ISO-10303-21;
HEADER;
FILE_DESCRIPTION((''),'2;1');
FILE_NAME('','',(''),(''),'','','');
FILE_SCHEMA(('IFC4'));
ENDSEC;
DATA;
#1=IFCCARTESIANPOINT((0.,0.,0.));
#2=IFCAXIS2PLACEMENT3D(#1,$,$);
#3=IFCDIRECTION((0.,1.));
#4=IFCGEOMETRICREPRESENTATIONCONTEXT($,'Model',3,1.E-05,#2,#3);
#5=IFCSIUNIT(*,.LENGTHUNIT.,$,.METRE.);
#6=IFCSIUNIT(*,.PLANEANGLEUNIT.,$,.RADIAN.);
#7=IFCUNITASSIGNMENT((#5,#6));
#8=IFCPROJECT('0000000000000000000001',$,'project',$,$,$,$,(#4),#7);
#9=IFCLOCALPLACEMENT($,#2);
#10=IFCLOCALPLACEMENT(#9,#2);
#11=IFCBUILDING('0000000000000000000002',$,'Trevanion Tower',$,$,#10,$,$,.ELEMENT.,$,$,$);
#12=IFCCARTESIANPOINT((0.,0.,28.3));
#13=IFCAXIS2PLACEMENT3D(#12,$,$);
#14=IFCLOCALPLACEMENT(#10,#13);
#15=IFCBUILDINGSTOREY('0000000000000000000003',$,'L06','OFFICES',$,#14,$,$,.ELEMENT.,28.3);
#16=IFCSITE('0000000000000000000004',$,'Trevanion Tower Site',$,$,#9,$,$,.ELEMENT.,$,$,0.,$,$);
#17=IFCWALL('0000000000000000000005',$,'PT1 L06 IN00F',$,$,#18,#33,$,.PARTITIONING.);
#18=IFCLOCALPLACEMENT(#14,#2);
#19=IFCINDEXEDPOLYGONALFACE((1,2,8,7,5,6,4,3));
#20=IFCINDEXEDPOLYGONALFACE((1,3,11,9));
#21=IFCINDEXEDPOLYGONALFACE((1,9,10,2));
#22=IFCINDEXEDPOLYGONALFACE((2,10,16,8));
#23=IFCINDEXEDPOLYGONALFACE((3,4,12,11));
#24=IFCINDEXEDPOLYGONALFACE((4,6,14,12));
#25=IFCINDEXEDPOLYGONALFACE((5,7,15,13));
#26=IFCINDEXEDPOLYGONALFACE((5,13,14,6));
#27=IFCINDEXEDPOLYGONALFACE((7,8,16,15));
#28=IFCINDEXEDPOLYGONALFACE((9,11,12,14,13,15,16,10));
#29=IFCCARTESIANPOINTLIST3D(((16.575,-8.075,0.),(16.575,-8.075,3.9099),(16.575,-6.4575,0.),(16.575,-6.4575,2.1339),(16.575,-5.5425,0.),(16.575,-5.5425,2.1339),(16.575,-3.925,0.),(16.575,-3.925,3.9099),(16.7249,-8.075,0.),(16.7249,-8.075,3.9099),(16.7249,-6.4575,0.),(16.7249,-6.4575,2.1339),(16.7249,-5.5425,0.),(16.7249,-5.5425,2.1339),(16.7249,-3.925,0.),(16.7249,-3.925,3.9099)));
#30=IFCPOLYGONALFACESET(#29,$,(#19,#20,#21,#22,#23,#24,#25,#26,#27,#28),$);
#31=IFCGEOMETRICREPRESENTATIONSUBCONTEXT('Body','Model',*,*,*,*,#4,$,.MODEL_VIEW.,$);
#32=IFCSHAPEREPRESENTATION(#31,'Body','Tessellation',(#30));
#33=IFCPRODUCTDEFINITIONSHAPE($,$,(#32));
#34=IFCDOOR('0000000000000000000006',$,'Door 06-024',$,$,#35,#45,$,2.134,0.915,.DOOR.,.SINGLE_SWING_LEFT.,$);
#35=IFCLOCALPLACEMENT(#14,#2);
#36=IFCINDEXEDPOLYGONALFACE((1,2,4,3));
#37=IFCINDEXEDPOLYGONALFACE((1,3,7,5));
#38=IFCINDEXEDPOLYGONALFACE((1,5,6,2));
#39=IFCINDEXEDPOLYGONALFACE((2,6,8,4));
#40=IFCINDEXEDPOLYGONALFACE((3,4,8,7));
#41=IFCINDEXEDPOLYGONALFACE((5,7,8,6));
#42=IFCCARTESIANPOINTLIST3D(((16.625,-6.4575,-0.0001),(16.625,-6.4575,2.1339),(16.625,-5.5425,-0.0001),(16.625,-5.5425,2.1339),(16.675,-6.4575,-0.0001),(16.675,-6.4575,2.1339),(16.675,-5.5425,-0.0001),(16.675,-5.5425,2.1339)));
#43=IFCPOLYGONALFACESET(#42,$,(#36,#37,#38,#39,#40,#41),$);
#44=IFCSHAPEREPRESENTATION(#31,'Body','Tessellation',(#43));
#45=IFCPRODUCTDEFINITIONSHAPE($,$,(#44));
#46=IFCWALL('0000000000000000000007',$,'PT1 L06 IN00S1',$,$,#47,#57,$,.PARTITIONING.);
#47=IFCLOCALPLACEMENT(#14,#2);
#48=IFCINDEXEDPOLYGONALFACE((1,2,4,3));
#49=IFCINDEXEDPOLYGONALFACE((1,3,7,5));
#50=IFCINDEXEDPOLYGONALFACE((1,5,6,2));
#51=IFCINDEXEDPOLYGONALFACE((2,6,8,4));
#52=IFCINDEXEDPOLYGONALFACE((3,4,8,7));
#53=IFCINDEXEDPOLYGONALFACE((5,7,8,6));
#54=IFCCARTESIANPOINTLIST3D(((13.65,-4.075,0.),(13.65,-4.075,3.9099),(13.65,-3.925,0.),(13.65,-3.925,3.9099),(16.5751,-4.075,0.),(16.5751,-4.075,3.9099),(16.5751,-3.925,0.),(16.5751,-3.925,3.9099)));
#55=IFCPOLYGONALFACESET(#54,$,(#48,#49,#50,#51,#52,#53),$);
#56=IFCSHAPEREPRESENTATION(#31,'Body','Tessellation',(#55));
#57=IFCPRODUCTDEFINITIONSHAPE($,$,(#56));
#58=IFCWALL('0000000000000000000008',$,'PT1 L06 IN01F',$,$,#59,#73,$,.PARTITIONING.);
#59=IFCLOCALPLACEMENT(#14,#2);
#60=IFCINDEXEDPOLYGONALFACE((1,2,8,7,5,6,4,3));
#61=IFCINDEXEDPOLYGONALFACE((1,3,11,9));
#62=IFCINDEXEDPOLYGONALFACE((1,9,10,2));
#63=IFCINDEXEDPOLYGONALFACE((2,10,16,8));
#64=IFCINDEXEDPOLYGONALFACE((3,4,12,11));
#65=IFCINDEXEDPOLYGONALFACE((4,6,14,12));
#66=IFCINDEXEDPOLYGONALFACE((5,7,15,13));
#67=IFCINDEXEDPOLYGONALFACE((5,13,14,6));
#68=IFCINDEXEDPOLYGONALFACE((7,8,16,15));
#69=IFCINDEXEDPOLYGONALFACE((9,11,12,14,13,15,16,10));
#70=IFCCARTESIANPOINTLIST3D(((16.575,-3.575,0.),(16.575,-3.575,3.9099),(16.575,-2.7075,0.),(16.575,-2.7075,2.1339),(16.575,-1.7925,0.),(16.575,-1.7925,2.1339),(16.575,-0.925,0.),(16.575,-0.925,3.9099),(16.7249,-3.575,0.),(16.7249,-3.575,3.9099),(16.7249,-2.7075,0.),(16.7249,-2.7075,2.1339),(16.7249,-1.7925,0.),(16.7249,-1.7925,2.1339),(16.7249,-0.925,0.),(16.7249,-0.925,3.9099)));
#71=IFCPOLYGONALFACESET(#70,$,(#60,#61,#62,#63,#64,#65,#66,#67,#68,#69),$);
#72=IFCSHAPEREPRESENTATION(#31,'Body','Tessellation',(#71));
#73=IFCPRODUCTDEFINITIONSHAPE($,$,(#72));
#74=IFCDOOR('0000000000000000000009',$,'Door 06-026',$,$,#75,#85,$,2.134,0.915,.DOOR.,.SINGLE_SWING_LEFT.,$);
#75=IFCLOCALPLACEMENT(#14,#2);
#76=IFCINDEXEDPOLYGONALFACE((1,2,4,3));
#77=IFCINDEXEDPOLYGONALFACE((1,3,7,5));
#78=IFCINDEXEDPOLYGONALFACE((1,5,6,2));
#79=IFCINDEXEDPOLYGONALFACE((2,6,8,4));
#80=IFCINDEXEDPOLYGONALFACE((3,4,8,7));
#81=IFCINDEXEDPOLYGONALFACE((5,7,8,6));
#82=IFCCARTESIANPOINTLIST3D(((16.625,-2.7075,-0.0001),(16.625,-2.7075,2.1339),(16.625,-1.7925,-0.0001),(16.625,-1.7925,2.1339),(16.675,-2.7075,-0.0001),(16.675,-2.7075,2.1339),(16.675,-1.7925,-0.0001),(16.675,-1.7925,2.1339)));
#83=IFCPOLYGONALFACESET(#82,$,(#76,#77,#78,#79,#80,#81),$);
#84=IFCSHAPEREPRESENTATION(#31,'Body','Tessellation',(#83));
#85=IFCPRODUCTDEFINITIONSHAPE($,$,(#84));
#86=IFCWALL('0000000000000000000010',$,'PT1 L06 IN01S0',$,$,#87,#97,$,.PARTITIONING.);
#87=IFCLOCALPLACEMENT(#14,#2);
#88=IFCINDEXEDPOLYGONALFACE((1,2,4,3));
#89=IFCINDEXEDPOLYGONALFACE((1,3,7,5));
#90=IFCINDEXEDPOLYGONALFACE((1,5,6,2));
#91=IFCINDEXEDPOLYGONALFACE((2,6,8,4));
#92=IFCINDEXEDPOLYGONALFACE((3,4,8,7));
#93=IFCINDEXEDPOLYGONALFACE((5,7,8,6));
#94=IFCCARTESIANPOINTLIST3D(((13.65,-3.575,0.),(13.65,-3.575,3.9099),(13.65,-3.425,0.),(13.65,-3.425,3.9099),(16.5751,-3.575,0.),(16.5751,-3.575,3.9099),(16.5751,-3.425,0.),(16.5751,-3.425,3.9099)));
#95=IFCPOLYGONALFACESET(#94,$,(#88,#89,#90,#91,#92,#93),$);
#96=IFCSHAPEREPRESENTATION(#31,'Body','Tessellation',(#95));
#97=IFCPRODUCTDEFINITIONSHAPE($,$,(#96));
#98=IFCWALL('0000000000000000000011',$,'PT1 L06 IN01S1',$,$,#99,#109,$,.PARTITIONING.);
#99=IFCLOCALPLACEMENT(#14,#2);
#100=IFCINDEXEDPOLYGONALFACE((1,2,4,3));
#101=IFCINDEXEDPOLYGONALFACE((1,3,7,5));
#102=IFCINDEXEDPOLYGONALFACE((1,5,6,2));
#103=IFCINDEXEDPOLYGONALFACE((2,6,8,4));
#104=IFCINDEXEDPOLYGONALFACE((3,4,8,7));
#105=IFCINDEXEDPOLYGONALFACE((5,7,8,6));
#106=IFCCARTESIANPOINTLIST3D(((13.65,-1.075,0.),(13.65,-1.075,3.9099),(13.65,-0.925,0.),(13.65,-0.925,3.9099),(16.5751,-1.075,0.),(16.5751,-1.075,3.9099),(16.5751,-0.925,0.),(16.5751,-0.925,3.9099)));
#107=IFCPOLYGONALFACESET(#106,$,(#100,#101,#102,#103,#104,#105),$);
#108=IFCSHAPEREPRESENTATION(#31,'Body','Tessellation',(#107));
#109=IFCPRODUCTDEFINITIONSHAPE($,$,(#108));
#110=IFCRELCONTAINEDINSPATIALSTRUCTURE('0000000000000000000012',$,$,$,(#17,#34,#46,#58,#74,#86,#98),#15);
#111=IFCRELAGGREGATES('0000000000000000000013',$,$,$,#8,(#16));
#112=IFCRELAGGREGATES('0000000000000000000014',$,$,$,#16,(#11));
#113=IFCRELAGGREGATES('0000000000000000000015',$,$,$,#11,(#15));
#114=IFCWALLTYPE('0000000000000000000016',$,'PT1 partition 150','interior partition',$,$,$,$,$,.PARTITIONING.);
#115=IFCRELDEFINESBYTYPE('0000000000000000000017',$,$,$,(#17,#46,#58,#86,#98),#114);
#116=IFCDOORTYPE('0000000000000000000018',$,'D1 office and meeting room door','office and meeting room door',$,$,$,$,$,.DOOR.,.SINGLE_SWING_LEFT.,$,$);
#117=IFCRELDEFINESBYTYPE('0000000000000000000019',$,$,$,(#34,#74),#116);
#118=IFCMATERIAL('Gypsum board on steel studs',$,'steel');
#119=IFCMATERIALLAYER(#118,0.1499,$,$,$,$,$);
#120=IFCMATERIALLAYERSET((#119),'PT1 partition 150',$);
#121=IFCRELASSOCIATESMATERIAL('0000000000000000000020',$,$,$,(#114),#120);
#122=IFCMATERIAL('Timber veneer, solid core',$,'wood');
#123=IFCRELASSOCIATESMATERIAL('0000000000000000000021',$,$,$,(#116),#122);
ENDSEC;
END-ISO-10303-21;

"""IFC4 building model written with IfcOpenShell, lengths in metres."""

from ifc_helpers import new_model, si_unit, direction, frame, frame_2d, origin, place, context, subcontext, project, spatial, rectangle, extrude, material, layer, layer_set, type_object, element, fill, save


model = new_model("IFC4")

# Units and contexts
model_context = context("Model", 3, precision=1e-05, world=origin(), true_north=direction((0.0, 1.0)))
body_context = subcontext(model_context, "Body", "Model", "MODEL_VIEW")
ifc_project = project(units=[si_unit("LENGTHUNIT", "METRE"), si_unit("PLANEANGLEUNIT", "RADIAN")], contexts=[model_context])

# Site, building, storey
site_placement = place(None, origin())
site = spatial("IfcSite", under=ifc_project, at=site_placement, Name="Trevanion Tower Site", CompositionType="ELEMENT", RefElevation=0.0)
building_placement = place(site_placement, origin())
building = spatial("IfcBuilding", under=site, at=building_placement, Name="Trevanion Tower", CompositionType="ELEMENT")
storey_placement = place(building_placement, frame((0.0, 0.0, 28.3)))
storey = spatial("IfcBuildingStorey", under=building, at=storey_placement, Name="L06", Description="OFFICES", CompositionType="ELEMENT", Elevation=28.3)

# Shared definitions
ifc_material_1 = material(Name="Gypsum board on steel studs", Category="steel")
ifc_layer_1 = layer(ifc_material_1, 0.1499)
ifc_layer_set_1 = layer_set([ifc_layer_1], Name="PT1 partition 150")
wall_type = type_object("IfcWallType", Name="PT1 partition 150", Description="interior partition", PredefinedType="PARTITIONING", material=ifc_layer_set_1)

# Wall, opening, door
wall_1_placement = place(storey_placement, frame((16.6499, -8.075, 0.0), z_axis=(0.0, 0.0, 1.0), x_axis=(0.0, 1.0, 0.0)))
wall_1 = element("IfcWall", 1, at=wall_1_placement, inside=storey, type_object=wall_type, Name="PT1 L06 IN00F", PredefinedType="PARTITIONING", context=body_context, shape_type="SweptSolid", body=[
    extrude(rectangle(XDim=4.1499, YDim=0.1499, at=frame_2d((2.075, 0.0))), origin(), (0.0, 0.0, 1.0), 3.9099),
])
opening_1_placement = place(wall_1_placement, frame((1.6174, 0.0, 0.0)))
opening_1 = element("IfcOpeningElement", 2, at=opening_1_placement, cuts=wall_1, PredefinedType="OPENING", context=body_context, shape_type="SweptSolid", body=[
    extrude(rectangle(XDim=0.915, YDim=2.134, at=frame_2d((0.4575, 1.0669))), frame((0.0, 0.085, 0.0), z_axis=(0.0, -1.0, 0.0), x_axis=(1.0, 0.0, 0.0)), (0.0, 0.0, 1.0), 0.1699),
])
ifc_material_2 = material(Name="Timber veneer, solid core", Category="wood")
door_type = type_object("IfcDoorType", Name="D1 office and meeting room door", Description="office and meeting room door", OperationType="SINGLE_SWING_LEFT", PredefinedType="DOOR", material=ifc_material_2)
door_1_placement = place(opening_1_placement, origin())
door_1 = element("IfcDoor", 3, at=door_1_placement, inside=storey, type_object=door_type, Name="Door 06-024", OperationType="SINGLE_SWING_LEFT", OverallHeight=2.134, OverallWidth=0.915, PredefinedType="DOOR", context=body_context, shape_type="SweptSolid", body=[
    extrude(rectangle(XDim=0.915, YDim=2.134, at=frame_2d((0.4575, 1.0669))), frame((0.0, 0.0249, 0.0), z_axis=(0.0, -1.0, 0.0), x_axis=(1.0, 0.0, 0.0)), (0.0, 0.0, 1.0), 0.05),
])
fill(opening_1, door_1)

# Wall
wall_2_placement = place(storey_placement, frame((16.575, -4.0, 0.0), z_axis=(0.0, 0.0, 1.0), x_axis=(-1.0, 0.0, 0.0)))
element("IfcWall", 4, at=wall_2_placement, inside=storey, type_object=wall_type, Name="PT1 L06 IN00S1", PredefinedType="PARTITIONING", context=body_context, shape_type="SweptSolid", body=[
    extrude(rectangle(XDim=2.925, YDim=0.1499, at=frame_2d((1.4624, 0.0))), origin(), (0.0, 0.0, 1.0), 3.9099),
])

# Wall, opening, door
wall_3_placement = place(storey_placement, frame((16.6499, -3.575, 0.0), z_axis=(0.0, 0.0, 1.0), x_axis=(0.0, 1.0, 0.0)))
wall_3 = element("IfcWall", 5, at=wall_3_placement, inside=storey, type_object=wall_type, Name="PT1 L06 IN01F", PredefinedType="PARTITIONING", context=body_context, shape_type="SweptSolid", body=[
    extrude(rectangle(XDim=2.6499, YDim=0.1499, at=frame_2d((1.325, 0.0))), origin(), (0.0, 0.0, 1.0), 3.9099),
])
opening_2_placement = place(wall_3_placement, frame((0.8674, 0.0, 0.0)))
opening_2 = element("IfcOpeningElement", 6, at=opening_2_placement, cuts=wall_3, PredefinedType="OPENING", context=body_context, shape_type="SweptSolid", body=[
    extrude(rectangle(XDim=0.915, YDim=2.134, at=frame_2d((0.4575, 1.0669))), frame((0.0, 0.085, 0.0), z_axis=(0.0, -1.0, 0.0), x_axis=(1.0, 0.0, 0.0)), (0.0, 0.0, 1.0), 0.1699),
])
door_2_placement = place(opening_2_placement, origin())
door_2 = element("IfcDoor", 7, at=door_2_placement, inside=storey, type_object=door_type, Name="Door 06-026", OperationType="SINGLE_SWING_LEFT", OverallHeight=2.134, OverallWidth=0.915, PredefinedType="DOOR", context=body_context, shape_type="SweptSolid", body=[
    extrude(rectangle(XDim=0.915, YDim=2.134, at=frame_2d((0.4575, 1.0669))), frame((0.0, 0.0249, 0.0), z_axis=(0.0, -1.0, 0.0), x_axis=(1.0, 0.0, 0.0)), (0.0, 0.0, 1.0), 0.05),
])
fill(opening_2, door_2)

# Walls
for number, where, z_axis, x_axis, name in (
    (8, (16.575, -3.5, 0.0), (0.0, 0.0, 1.0), (-1.0, 0.0, 0.0), "PT1 L06 IN01S0"),
    (9, (16.575, -1.0, 0.0), (0.0, 0.0, 1.0), (-1.0, 0.0, 0.0), "PT1 L06 IN01S1"),
):
    element("IfcWall", number, at=place(storey_placement, frame(where, z_axis=z_axis, x_axis=x_axis)), inside=storey, type_object=wall_type, Name=name, PredefinedType="PARTITIONING", context=body_context, shape_type="SweptSolid", body=[
        extrude(rectangle(XDim=2.925, YDim=0.1499, at=frame_2d((1.4624, 0.0))), origin(), (0.0, 0.0, 1.0), 3.9099),
    ])

save(model, "model.ifc")
